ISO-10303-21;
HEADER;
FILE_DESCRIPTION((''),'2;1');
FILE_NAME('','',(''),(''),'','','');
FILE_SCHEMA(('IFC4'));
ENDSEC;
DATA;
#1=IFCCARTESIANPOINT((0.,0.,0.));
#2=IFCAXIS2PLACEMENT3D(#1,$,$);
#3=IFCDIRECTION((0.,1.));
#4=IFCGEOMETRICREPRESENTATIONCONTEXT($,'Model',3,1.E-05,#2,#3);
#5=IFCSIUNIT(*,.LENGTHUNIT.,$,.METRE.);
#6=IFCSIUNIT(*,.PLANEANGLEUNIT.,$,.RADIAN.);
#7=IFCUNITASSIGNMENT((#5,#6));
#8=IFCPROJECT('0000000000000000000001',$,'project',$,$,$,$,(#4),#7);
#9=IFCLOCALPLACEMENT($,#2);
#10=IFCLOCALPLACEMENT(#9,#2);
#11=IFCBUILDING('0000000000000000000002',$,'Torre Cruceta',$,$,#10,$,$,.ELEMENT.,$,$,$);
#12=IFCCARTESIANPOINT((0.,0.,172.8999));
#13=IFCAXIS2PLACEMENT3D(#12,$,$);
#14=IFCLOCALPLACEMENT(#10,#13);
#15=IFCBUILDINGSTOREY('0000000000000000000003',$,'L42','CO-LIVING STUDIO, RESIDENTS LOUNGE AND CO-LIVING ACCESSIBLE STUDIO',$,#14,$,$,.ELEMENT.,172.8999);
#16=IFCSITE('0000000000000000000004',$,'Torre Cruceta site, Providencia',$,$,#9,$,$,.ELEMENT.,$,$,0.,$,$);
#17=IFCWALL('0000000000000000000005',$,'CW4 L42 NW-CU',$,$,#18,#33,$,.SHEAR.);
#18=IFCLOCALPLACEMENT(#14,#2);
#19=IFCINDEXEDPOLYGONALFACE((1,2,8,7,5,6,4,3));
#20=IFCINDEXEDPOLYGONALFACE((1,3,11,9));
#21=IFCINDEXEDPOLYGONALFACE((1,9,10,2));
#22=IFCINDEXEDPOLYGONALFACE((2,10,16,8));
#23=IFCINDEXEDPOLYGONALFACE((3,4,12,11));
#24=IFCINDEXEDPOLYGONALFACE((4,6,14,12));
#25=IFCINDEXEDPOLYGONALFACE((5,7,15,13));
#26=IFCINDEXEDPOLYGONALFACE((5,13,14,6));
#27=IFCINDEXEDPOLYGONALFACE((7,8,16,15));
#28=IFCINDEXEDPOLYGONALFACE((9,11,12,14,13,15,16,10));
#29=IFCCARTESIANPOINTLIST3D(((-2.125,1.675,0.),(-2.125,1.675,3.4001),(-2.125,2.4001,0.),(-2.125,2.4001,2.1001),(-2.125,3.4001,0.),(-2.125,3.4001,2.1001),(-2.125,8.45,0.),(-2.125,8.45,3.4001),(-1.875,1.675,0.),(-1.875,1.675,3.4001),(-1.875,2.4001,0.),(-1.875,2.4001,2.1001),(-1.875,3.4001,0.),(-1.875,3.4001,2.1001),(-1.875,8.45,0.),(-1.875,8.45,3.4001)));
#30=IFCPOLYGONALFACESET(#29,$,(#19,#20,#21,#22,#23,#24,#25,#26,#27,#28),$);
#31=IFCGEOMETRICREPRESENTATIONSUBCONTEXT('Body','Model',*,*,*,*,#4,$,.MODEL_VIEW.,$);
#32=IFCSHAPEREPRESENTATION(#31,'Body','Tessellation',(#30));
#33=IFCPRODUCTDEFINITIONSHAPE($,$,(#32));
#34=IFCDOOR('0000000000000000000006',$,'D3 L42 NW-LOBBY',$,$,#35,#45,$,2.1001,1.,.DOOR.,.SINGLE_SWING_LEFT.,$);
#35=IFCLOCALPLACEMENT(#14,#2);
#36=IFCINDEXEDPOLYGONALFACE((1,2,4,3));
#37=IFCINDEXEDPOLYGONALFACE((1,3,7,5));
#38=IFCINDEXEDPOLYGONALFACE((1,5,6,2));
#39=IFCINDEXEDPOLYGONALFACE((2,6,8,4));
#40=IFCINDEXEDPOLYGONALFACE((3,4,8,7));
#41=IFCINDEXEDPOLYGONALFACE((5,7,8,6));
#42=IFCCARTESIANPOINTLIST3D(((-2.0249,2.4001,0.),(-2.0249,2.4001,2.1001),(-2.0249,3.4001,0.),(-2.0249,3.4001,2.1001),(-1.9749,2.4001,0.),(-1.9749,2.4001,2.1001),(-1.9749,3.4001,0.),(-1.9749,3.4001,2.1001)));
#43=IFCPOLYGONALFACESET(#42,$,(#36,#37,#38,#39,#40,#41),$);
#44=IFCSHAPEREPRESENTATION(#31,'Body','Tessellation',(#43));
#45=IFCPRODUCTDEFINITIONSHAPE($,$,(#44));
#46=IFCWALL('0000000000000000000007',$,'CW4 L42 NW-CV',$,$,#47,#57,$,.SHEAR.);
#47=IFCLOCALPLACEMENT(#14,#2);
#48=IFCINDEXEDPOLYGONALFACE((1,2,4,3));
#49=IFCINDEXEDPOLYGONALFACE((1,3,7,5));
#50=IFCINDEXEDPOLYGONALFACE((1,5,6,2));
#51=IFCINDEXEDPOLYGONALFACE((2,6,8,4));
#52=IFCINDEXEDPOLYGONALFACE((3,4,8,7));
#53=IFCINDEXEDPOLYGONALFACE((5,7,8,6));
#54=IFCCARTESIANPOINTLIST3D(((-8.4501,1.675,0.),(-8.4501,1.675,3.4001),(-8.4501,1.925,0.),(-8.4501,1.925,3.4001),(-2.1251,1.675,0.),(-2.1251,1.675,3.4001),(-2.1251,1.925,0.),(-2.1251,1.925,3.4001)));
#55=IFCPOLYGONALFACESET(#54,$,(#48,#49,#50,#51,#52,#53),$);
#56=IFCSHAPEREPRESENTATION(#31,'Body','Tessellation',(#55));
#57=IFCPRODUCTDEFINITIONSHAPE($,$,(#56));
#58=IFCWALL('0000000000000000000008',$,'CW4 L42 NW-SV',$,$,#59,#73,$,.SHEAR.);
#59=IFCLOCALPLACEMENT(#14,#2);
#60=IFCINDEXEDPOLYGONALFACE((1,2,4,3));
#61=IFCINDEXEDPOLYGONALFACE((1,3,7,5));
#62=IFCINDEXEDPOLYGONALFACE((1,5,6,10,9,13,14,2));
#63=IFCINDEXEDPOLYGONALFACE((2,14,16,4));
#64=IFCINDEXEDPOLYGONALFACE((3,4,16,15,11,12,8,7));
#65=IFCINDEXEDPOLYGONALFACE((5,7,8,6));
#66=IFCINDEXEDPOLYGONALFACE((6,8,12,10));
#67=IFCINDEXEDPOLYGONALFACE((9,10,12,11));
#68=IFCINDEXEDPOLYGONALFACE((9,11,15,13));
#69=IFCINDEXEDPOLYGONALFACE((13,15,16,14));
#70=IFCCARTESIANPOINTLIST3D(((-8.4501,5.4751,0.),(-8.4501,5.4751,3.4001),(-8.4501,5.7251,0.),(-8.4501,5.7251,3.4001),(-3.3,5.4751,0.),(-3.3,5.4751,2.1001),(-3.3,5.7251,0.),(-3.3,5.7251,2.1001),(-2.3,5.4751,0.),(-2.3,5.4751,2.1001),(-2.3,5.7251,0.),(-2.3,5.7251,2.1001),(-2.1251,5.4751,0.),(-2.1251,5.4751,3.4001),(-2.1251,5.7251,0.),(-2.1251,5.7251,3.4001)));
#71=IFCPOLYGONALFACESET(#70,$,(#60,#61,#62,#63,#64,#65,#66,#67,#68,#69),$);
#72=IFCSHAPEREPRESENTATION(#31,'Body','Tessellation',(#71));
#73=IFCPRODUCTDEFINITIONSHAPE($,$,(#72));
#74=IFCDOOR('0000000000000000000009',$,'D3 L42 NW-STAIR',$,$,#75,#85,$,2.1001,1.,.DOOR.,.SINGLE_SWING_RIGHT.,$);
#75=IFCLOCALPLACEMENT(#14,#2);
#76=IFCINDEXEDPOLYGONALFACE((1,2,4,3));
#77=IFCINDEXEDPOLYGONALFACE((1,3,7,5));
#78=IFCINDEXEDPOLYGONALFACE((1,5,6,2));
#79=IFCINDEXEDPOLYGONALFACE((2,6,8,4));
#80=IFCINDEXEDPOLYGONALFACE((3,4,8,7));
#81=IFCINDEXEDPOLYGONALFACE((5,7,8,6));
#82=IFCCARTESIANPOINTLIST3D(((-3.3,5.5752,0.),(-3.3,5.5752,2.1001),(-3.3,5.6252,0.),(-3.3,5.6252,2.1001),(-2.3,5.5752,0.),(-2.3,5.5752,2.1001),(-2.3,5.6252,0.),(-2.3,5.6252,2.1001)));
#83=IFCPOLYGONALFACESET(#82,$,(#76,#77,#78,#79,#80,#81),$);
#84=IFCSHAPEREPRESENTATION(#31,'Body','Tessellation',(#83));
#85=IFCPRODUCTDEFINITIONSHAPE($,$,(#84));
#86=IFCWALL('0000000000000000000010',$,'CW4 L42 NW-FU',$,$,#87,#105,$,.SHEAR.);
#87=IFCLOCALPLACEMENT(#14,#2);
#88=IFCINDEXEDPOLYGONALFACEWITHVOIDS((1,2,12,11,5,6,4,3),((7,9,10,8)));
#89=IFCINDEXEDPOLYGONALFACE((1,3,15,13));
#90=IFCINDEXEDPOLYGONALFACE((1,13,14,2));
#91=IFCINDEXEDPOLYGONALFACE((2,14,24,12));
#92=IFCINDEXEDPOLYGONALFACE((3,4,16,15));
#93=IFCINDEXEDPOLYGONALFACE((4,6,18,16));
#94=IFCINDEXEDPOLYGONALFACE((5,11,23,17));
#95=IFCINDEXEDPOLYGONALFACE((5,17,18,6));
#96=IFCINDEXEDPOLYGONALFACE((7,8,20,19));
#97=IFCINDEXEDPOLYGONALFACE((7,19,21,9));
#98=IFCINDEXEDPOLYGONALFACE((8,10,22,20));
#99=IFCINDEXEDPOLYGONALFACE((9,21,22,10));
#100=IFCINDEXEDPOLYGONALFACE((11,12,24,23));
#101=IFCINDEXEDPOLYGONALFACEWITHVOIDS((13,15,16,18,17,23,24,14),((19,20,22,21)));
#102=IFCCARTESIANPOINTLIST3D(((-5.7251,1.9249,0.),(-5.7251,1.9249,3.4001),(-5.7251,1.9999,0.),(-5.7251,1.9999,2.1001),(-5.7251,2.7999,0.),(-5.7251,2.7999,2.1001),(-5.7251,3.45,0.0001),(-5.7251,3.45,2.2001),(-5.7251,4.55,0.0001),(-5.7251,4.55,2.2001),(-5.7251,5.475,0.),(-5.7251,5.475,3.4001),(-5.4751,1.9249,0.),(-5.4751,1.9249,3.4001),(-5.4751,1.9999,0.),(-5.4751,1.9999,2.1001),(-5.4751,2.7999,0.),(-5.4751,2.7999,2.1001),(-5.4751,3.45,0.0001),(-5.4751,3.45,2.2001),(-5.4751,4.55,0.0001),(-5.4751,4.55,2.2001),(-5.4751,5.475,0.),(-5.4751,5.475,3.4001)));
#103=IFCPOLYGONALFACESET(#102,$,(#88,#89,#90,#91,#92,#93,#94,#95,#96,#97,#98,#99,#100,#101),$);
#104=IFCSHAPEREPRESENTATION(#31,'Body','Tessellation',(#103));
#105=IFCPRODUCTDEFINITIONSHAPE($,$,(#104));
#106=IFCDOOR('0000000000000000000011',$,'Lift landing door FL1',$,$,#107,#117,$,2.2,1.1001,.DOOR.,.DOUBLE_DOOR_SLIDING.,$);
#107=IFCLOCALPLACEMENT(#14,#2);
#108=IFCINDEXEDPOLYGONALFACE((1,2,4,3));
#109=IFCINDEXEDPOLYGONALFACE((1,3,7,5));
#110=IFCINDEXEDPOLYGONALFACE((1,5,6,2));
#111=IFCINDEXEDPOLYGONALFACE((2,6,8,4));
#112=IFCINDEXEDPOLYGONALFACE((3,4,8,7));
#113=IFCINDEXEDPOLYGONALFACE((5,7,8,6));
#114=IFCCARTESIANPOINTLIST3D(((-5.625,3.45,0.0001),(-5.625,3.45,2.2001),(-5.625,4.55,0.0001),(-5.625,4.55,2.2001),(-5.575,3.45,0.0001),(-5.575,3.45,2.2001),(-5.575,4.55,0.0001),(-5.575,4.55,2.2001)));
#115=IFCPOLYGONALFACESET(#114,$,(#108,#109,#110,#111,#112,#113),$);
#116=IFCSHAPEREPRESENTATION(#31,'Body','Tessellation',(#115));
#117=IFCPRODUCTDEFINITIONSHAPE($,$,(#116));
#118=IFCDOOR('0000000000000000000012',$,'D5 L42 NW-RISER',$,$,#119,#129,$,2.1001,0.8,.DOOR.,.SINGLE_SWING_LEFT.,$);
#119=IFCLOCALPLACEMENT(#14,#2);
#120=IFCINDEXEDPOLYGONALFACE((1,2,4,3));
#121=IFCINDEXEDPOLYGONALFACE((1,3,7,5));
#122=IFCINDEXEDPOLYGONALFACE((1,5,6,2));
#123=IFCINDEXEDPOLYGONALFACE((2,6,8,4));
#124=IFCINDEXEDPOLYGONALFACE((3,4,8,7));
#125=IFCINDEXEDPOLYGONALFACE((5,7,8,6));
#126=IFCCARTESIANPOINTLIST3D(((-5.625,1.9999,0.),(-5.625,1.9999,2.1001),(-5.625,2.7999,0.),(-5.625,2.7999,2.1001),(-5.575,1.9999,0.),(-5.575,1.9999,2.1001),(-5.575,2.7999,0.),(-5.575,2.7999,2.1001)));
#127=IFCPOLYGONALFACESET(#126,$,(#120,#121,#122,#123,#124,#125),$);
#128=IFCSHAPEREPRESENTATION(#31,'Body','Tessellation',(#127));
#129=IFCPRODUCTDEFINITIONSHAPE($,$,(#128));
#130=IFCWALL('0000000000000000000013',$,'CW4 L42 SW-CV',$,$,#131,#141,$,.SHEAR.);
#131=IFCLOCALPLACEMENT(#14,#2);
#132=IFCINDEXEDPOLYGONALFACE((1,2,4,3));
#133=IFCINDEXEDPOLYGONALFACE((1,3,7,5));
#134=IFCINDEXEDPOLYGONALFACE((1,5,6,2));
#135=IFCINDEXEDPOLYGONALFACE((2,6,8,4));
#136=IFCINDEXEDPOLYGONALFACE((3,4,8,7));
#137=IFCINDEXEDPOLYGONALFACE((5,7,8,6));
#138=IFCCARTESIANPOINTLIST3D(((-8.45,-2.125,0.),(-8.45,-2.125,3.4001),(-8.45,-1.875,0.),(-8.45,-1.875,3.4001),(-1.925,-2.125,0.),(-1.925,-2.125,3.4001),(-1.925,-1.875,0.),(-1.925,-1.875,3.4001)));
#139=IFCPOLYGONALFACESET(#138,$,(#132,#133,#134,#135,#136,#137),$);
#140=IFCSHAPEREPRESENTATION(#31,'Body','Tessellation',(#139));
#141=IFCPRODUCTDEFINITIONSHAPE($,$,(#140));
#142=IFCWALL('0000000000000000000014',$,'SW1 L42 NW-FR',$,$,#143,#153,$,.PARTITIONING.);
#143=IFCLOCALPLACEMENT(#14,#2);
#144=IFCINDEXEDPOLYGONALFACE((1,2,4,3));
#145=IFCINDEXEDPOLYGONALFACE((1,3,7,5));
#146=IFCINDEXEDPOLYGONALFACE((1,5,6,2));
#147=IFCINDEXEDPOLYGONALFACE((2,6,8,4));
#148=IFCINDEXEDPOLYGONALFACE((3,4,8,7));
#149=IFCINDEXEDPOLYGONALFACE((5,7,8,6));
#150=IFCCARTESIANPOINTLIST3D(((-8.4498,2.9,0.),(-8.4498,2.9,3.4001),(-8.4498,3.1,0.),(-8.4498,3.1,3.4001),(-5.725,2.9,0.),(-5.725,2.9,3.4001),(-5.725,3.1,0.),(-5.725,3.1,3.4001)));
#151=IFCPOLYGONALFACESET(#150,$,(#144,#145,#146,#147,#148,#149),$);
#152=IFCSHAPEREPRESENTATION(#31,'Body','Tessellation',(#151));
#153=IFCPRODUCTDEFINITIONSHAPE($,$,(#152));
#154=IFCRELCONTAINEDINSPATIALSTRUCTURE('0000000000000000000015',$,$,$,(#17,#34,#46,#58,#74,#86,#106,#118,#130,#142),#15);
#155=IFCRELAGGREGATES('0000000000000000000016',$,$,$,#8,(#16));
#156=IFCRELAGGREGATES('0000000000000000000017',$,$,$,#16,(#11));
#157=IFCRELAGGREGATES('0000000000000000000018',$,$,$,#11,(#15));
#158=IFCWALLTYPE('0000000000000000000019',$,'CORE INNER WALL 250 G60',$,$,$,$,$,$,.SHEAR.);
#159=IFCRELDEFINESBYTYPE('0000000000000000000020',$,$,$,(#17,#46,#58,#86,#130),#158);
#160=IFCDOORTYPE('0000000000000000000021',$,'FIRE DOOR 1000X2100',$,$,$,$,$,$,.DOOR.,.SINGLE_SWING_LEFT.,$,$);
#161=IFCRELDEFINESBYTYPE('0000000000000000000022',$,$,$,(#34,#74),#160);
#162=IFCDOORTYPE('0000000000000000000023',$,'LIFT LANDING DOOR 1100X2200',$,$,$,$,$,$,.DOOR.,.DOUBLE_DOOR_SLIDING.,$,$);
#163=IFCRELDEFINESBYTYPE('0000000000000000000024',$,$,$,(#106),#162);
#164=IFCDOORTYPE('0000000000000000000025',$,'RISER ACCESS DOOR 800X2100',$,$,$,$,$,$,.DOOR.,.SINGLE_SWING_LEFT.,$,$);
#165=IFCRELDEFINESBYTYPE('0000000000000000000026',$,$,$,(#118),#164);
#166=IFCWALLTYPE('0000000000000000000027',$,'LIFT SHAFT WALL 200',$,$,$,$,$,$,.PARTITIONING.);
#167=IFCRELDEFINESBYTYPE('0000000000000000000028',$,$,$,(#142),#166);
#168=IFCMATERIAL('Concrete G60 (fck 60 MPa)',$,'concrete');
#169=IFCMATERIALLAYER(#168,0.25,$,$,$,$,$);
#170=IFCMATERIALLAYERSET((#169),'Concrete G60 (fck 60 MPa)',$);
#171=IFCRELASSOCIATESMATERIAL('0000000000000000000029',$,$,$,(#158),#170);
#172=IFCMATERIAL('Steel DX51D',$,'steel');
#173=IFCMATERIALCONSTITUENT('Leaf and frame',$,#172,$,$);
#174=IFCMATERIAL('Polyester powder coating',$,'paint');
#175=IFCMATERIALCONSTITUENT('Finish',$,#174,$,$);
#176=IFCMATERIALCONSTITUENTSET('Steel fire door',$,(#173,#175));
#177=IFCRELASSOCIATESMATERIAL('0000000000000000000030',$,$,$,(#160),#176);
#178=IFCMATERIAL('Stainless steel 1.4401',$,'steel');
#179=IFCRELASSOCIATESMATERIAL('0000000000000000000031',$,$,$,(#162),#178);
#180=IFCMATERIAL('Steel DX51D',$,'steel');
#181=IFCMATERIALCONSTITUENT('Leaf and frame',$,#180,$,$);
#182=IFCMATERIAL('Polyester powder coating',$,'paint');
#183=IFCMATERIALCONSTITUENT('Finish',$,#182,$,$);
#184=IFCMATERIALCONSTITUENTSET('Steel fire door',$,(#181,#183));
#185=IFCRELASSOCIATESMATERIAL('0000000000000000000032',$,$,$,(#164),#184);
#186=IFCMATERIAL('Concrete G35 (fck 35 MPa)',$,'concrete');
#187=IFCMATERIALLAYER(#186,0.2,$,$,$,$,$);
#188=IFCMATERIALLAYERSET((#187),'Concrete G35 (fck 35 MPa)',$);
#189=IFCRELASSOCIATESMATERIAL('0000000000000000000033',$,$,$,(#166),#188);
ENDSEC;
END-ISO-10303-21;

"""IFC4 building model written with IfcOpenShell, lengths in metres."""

from ifc_helpers import new_model, si_unit, direction, frame, frame_2d, origin, place, context, subcontext, project, spatial, rectangle, extrude, material, layer, layer_set, constituent, constituent_set, type_object, element, fill, save


model = new_model("IFC4")

# Units and contexts
model_context = context("Model", 3, precision=1e-05, world=origin(), true_north=direction((0.0, 1.0)))
body_context = subcontext(model_context, "Body", "Model", "MODEL_VIEW")
ifc_project = project(units=[si_unit("LENGTHUNIT", "METRE"), si_unit("PLANEANGLEUNIT", "RADIAN")], contexts=[model_context])

# Site, building, storey
site_placement = place(None, origin())
site = spatial("IfcSite", under=ifc_project, at=site_placement, Name="Torre Cruceta site, Providencia", CompositionType="ELEMENT", RefElevation=0.0)
building_placement = place(site_placement, origin())
building = spatial("IfcBuilding", under=site, at=building_placement, Name="Torre Cruceta", CompositionType="ELEMENT")
storey_placement = place(building_placement, frame((0.0, 0.0, 172.8999)))
storey = spatial("IfcBuildingStorey", under=building, at=storey_placement, Name="L42", Description="CO-LIVING STUDIO, RESIDENTS LOUNGE AND CO-LIVING ACCESSIBLE STUDIO", CompositionType="ELEMENT", Elevation=172.8999)

# Wall, opening, door
ifc_material_1 = material(Name="Concrete G60 (fck 60 MPa)", Category="concrete")
ifc_layer_1 = layer(ifc_material_1, 0.25)
ifc_layer_set_1 = layer_set([ifc_layer_1], Name="Concrete G60 (fck 60 MPa)")
wall_type_1 = type_object("IfcWallType", Name="CORE INNER WALL 250 G60", PredefinedType="SHEAR", material=ifc_layer_set_1)
wall_1_placement = place(storey_placement, frame((-2.0, 1.675, 0.0), z_axis=(0.0, 0.0, 1.0), x_axis=(0.0, 1.0, 0.0)))
wall_1 = element("IfcWall", 1, at=wall_1_placement, inside=storey, type_object=wall_type_1, Name="CW4 L42 NW-CU", PredefinedType="SHEAR", context=body_context, shape_type="SweptSolid", body=[
    extrude(rectangle(XDim=6.7749, YDim=0.25, at=frame_2d((3.3875, 0.0))), origin(), (0.0, 0.0, 1.0), 3.4001),
])
opening_1_placement = place(wall_1_placement, frame((0.7251, 0.0, 0.0)))
opening_1 = element("IfcOpeningElement", 2, at=opening_1_placement, cuts=wall_1, PredefinedType="OPENING", context=body_context, shape_type="SweptSolid", body=[
    extrude(rectangle(XDim=1.0, YDim=2.1001, at=frame_2d((0.5, 1.05))), frame((0.0, 0.135, 0.0), z_axis=(0.0, -1.0, 0.0), x_axis=(1.0, 0.0, 0.0)), (0.0, 0.0, 1.0), 0.27),
])
ifc_material_2 = material(Name="Steel DX51D", Category="steel")
ifc_constituent_1 = constituent(ifc_material_2, Name="Leaf and frame")
ifc_material_3 = material(Name="Polyester powder coating", Category="paint")
ifc_constituent_2 = constituent(ifc_material_3, Name="Finish")
ifc_constituent_set_1 = constituent_set(constituents=[ifc_constituent_1, ifc_constituent_2], Name="Steel fire door")
door_type_1 = type_object("IfcDoorType", Name="FIRE DOOR 1000X2100", OperationType="SINGLE_SWING_LEFT", PredefinedType="DOOR", material=ifc_constituent_set_1)
door_1_placement = place(opening_1_placement, origin())
door_1 = element("IfcDoor", 3, at=door_1_placement, inside=storey, type_object=door_type_1, Name="D3 L42 NW-LOBBY", OperationType="SINGLE_SWING_LEFT", OverallHeight=2.1001, OverallWidth=1.0, PredefinedType="DOOR", context=body_context, shape_type="SweptSolid", body=[
    extrude(rectangle(XDim=1.0, YDim=2.1001, at=frame_2d((0.5, 1.05))), frame((0.0, 0.0249, 0.0), z_axis=(0.0, -1.0, 0.0), x_axis=(1.0, 0.0, 0.0)), (0.0, 0.0, 1.0), 0.05),
])
fill(opening_1, door_1)

# Wall
wall_2_placement = place(storey_placement, frame((-2.125, 1.8, 0.0), z_axis=(0.0, 0.0, 1.0), x_axis=(-1.0, 0.0, 0.0)))
element("IfcWall", 4, at=wall_2_placement, inside=storey, type_object=wall_type_1, Name="CW4 L42 NW-CV", PredefinedType="SHEAR", context=body_context, shape_type="SweptSolid", body=[
    extrude(rectangle(XDim=6.325, YDim=0.25, at=frame_2d((3.1626, 0.0))), origin(), (0.0, 0.0, 1.0), 3.4001),
])

# Wall, opening, door
wall_3_placement = place(storey_placement, frame((-2.125, 5.6001, 0.0), z_axis=(0.0, 0.0, 1.0), x_axis=(-1.0, 0.0, 0.0)))
wall_3 = element("IfcWall", 5, at=wall_3_placement, inside=storey, type_object=wall_type_1, Name="CW4 L42 NW-SV", PredefinedType="SHEAR", context=body_context, shape_type="SweptSolid", body=[
    extrude(rectangle(XDim=6.325, YDim=0.25, at=frame_2d((3.1626, 0.0))), origin(), (0.0, 0.0, 1.0), 3.4001),
])
opening_2_placement = place(wall_3_placement, frame((0.175, 0.0, 0.0)))
opening_2 = element("IfcOpeningElement", 6, at=opening_2_placement, cuts=wall_3, PredefinedType="OPENING", context=body_context, shape_type="SweptSolid", body=[
    extrude(rectangle(XDim=1.0, YDim=2.1001, at=frame_2d((0.5, 1.05))), frame((0.0, 0.135, 0.0), z_axis=(0.0, -1.0, 0.0), x_axis=(1.0, 0.0, 0.0)), (0.0, 0.0, 1.0), 0.27),
])
door_2_placement = place(opening_2_placement, frame((1.0, 0.0, 0.0), z_axis=(0.0, 0.0, 1.0), x_axis=(-1.0, 0.0, 0.0)))
door_2 = element("IfcDoor", 7, at=door_2_placement, inside=storey, type_object=door_type_1, Name="D3 L42 NW-STAIR", OperationType="SINGLE_SWING_RIGHT", OverallHeight=2.1001, OverallWidth=1.0, PredefinedType="DOOR", context=body_context, shape_type="SweptSolid", body=[
    extrude(rectangle(XDim=1.0, YDim=2.1001, at=frame_2d((0.5, 1.05))), frame((0.0, 0.0251, 0.0), z_axis=(0.0, -1.0, 0.0), x_axis=(1.0, 0.0, 0.0)), (0.0, 0.0, 1.0), 0.05),
])
fill(opening_2, door_2)

# Wall, openings, doors
wall_4_placement = place(storey_placement, frame((-5.6001, 1.925, 0.0), z_axis=(0.0, 0.0, 1.0), x_axis=(0.0, 1.0, 0.0)))
wall_4 = element("IfcWall", 8, at=wall_4_placement, inside=storey, type_object=wall_type_1, Name="CW4 L42 NW-FU", PredefinedType="SHEAR", context=body_context, shape_type="SweptSolid", body=[
    extrude(rectangle(XDim=3.55, YDim=0.25, at=frame_2d((1.7749, 0.0))), origin(), (0.0, 0.0, 1.0), 3.4001),
])
opening_3_placement = place(wall_4_placement, frame((1.5249, 0.0, 0.0)))
opening_3 = element("IfcOpeningElement", 9, at=opening_3_placement, cuts=wall_4, PredefinedType="OPENING", context=body_context, shape_type="SweptSolid", body=[
    extrude(rectangle(XDim=1.1001, YDim=2.2, at=frame_2d((0.55, 1.1001))), frame((0.0, 0.135, 0.0), z_axis=(0.0, -1.0, 0.0), x_axis=(1.0, 0.0, 0.0)), (0.0, 0.0, 1.0), 0.27),
])
opening_4_placement = place(wall_4_placement, frame((0.075, 0.0, 0.0)))
opening_4 = element("IfcOpeningElement", 10, at=opening_4_placement, cuts=wall_4, PredefinedType="OPENING", context=body_context, shape_type="SweptSolid", body=[
    extrude(rectangle(XDim=0.8, YDim=2.1001, at=frame_2d((0.3999, 1.05))), frame((0.0, 0.135, 0.0), z_axis=(0.0, -1.0, 0.0), x_axis=(1.0, 0.0, 0.0)), (0.0, 0.0, 1.0), 0.27),
])
ifc_material_4 = material(Name="Stainless steel 1.4401", Category="steel")
door_type_2 = type_object("IfcDoorType", Name="LIFT LANDING DOOR 1100X2200", OperationType="DOUBLE_DOOR_SLIDING", PredefinedType="DOOR", material=ifc_material_4)
door_3_placement = place(opening_3_placement, origin())
door_3 = element("IfcDoor", 11, at=door_3_placement, inside=storey, type_object=door_type_2, Name="Lift landing door FL1", OperationType="DOUBLE_DOOR_SLIDING", OverallHeight=2.2, OverallWidth=1.1001, PredefinedType="DOOR", context=body_context, shape_type="SweptSolid", body=[
    extrude(rectangle(XDim=1.1001, YDim=2.2, at=frame_2d((0.55, 1.1001))), frame((0.0, 0.0249, 0.0), z_axis=(0.0, -1.0, 0.0), x_axis=(1.0, 0.0, 0.0)), (0.0, 0.0, 1.0), 0.05),
])
fill(opening_3, door_3)
ifc_material_5 = material(Name="Steel DX51D", Category="steel")
ifc_constituent_3 = constituent(ifc_material_5, Name="Leaf and frame")
ifc_material_6 = material(Name="Polyester powder coating", Category="paint")
ifc_constituent_4 = constituent(ifc_material_6, Name="Finish")
ifc_constituent_set_2 = constituent_set(constituents=[ifc_constituent_3, ifc_constituent_4], Name="Steel fire door")
door_type_3 = type_object("IfcDoorType", Name="RISER ACCESS DOOR 800X2100", OperationType="SINGLE_SWING_LEFT", PredefinedType="DOOR", material=ifc_constituent_set_2)
door_4_placement = place(opening_4_placement, origin())
door_4 = element("IfcDoor", 12, at=door_4_placement, inside=storey, type_object=door_type_3, Name="D5 L42 NW-RISER", OperationType="SINGLE_SWING_LEFT", OverallHeight=2.1001, OverallWidth=0.8, PredefinedType="DOOR", context=body_context, shape_type="SweptSolid", body=[
    extrude(rectangle(XDim=0.8, YDim=2.1001, at=frame_2d((0.3999, 1.05))), frame((0.0, 0.0249, 0.0), z_axis=(0.0, -1.0, 0.0), x_axis=(1.0, 0.0, 0.0)), (0.0, 0.0, 1.0), 0.05),
])
fill(opening_4, door_4)

# Walls
wall_5_placement = place(storey_placement, frame((-1.925, -2.0, 0.0), z_axis=(0.0, 0.0, 1.0), x_axis=(-1.0, 0.0, 0.0)))
element("IfcWall", 13, at=wall_5_placement, inside=storey, type_object=wall_type_1, Name="CW4 L42 SW-CV", PredefinedType="SHEAR", context=body_context, shape_type="SweptSolid", body=[
    extrude(rectangle(XDim=6.5249, YDim=0.25, at=frame_2d((3.2625, 0.0))), origin(), (0.0, 0.0, 1.0), 3.4001),
])
ifc_material_7 = material(Name="Concrete G35 (fck 35 MPa)", Category="concrete")
ifc_layer_2 = layer(ifc_material_7, 0.2)
ifc_layer_set_2 = layer_set([ifc_layer_2], Name="Concrete G35 (fck 35 MPa)")
wall_type_2 = type_object("IfcWallType", Name="LIFT SHAFT WALL 200", PredefinedType="PARTITIONING", material=ifc_layer_set_2)
wall_6_placement = place(storey_placement, frame((-5.7251, 3.0, 0.0), z_axis=(0.0, 0.0, 1.0), x_axis=(-1.0, 0.0, 0.0)))
element("IfcWall", 14, at=wall_6_placement, inside=storey, type_object=wall_type_2, Name="SW1 L42 NW-FR", PredefinedType="PARTITIONING", context=body_context, shape_type="SweptSolid", body=[
    extrude(rectangle(XDim=2.7249, YDim=0.2, at=frame_2d((1.3623, 0.0))), origin(), (0.0, 0.0, 1.0), 3.4001),
])

save(model, "model.ifc")
